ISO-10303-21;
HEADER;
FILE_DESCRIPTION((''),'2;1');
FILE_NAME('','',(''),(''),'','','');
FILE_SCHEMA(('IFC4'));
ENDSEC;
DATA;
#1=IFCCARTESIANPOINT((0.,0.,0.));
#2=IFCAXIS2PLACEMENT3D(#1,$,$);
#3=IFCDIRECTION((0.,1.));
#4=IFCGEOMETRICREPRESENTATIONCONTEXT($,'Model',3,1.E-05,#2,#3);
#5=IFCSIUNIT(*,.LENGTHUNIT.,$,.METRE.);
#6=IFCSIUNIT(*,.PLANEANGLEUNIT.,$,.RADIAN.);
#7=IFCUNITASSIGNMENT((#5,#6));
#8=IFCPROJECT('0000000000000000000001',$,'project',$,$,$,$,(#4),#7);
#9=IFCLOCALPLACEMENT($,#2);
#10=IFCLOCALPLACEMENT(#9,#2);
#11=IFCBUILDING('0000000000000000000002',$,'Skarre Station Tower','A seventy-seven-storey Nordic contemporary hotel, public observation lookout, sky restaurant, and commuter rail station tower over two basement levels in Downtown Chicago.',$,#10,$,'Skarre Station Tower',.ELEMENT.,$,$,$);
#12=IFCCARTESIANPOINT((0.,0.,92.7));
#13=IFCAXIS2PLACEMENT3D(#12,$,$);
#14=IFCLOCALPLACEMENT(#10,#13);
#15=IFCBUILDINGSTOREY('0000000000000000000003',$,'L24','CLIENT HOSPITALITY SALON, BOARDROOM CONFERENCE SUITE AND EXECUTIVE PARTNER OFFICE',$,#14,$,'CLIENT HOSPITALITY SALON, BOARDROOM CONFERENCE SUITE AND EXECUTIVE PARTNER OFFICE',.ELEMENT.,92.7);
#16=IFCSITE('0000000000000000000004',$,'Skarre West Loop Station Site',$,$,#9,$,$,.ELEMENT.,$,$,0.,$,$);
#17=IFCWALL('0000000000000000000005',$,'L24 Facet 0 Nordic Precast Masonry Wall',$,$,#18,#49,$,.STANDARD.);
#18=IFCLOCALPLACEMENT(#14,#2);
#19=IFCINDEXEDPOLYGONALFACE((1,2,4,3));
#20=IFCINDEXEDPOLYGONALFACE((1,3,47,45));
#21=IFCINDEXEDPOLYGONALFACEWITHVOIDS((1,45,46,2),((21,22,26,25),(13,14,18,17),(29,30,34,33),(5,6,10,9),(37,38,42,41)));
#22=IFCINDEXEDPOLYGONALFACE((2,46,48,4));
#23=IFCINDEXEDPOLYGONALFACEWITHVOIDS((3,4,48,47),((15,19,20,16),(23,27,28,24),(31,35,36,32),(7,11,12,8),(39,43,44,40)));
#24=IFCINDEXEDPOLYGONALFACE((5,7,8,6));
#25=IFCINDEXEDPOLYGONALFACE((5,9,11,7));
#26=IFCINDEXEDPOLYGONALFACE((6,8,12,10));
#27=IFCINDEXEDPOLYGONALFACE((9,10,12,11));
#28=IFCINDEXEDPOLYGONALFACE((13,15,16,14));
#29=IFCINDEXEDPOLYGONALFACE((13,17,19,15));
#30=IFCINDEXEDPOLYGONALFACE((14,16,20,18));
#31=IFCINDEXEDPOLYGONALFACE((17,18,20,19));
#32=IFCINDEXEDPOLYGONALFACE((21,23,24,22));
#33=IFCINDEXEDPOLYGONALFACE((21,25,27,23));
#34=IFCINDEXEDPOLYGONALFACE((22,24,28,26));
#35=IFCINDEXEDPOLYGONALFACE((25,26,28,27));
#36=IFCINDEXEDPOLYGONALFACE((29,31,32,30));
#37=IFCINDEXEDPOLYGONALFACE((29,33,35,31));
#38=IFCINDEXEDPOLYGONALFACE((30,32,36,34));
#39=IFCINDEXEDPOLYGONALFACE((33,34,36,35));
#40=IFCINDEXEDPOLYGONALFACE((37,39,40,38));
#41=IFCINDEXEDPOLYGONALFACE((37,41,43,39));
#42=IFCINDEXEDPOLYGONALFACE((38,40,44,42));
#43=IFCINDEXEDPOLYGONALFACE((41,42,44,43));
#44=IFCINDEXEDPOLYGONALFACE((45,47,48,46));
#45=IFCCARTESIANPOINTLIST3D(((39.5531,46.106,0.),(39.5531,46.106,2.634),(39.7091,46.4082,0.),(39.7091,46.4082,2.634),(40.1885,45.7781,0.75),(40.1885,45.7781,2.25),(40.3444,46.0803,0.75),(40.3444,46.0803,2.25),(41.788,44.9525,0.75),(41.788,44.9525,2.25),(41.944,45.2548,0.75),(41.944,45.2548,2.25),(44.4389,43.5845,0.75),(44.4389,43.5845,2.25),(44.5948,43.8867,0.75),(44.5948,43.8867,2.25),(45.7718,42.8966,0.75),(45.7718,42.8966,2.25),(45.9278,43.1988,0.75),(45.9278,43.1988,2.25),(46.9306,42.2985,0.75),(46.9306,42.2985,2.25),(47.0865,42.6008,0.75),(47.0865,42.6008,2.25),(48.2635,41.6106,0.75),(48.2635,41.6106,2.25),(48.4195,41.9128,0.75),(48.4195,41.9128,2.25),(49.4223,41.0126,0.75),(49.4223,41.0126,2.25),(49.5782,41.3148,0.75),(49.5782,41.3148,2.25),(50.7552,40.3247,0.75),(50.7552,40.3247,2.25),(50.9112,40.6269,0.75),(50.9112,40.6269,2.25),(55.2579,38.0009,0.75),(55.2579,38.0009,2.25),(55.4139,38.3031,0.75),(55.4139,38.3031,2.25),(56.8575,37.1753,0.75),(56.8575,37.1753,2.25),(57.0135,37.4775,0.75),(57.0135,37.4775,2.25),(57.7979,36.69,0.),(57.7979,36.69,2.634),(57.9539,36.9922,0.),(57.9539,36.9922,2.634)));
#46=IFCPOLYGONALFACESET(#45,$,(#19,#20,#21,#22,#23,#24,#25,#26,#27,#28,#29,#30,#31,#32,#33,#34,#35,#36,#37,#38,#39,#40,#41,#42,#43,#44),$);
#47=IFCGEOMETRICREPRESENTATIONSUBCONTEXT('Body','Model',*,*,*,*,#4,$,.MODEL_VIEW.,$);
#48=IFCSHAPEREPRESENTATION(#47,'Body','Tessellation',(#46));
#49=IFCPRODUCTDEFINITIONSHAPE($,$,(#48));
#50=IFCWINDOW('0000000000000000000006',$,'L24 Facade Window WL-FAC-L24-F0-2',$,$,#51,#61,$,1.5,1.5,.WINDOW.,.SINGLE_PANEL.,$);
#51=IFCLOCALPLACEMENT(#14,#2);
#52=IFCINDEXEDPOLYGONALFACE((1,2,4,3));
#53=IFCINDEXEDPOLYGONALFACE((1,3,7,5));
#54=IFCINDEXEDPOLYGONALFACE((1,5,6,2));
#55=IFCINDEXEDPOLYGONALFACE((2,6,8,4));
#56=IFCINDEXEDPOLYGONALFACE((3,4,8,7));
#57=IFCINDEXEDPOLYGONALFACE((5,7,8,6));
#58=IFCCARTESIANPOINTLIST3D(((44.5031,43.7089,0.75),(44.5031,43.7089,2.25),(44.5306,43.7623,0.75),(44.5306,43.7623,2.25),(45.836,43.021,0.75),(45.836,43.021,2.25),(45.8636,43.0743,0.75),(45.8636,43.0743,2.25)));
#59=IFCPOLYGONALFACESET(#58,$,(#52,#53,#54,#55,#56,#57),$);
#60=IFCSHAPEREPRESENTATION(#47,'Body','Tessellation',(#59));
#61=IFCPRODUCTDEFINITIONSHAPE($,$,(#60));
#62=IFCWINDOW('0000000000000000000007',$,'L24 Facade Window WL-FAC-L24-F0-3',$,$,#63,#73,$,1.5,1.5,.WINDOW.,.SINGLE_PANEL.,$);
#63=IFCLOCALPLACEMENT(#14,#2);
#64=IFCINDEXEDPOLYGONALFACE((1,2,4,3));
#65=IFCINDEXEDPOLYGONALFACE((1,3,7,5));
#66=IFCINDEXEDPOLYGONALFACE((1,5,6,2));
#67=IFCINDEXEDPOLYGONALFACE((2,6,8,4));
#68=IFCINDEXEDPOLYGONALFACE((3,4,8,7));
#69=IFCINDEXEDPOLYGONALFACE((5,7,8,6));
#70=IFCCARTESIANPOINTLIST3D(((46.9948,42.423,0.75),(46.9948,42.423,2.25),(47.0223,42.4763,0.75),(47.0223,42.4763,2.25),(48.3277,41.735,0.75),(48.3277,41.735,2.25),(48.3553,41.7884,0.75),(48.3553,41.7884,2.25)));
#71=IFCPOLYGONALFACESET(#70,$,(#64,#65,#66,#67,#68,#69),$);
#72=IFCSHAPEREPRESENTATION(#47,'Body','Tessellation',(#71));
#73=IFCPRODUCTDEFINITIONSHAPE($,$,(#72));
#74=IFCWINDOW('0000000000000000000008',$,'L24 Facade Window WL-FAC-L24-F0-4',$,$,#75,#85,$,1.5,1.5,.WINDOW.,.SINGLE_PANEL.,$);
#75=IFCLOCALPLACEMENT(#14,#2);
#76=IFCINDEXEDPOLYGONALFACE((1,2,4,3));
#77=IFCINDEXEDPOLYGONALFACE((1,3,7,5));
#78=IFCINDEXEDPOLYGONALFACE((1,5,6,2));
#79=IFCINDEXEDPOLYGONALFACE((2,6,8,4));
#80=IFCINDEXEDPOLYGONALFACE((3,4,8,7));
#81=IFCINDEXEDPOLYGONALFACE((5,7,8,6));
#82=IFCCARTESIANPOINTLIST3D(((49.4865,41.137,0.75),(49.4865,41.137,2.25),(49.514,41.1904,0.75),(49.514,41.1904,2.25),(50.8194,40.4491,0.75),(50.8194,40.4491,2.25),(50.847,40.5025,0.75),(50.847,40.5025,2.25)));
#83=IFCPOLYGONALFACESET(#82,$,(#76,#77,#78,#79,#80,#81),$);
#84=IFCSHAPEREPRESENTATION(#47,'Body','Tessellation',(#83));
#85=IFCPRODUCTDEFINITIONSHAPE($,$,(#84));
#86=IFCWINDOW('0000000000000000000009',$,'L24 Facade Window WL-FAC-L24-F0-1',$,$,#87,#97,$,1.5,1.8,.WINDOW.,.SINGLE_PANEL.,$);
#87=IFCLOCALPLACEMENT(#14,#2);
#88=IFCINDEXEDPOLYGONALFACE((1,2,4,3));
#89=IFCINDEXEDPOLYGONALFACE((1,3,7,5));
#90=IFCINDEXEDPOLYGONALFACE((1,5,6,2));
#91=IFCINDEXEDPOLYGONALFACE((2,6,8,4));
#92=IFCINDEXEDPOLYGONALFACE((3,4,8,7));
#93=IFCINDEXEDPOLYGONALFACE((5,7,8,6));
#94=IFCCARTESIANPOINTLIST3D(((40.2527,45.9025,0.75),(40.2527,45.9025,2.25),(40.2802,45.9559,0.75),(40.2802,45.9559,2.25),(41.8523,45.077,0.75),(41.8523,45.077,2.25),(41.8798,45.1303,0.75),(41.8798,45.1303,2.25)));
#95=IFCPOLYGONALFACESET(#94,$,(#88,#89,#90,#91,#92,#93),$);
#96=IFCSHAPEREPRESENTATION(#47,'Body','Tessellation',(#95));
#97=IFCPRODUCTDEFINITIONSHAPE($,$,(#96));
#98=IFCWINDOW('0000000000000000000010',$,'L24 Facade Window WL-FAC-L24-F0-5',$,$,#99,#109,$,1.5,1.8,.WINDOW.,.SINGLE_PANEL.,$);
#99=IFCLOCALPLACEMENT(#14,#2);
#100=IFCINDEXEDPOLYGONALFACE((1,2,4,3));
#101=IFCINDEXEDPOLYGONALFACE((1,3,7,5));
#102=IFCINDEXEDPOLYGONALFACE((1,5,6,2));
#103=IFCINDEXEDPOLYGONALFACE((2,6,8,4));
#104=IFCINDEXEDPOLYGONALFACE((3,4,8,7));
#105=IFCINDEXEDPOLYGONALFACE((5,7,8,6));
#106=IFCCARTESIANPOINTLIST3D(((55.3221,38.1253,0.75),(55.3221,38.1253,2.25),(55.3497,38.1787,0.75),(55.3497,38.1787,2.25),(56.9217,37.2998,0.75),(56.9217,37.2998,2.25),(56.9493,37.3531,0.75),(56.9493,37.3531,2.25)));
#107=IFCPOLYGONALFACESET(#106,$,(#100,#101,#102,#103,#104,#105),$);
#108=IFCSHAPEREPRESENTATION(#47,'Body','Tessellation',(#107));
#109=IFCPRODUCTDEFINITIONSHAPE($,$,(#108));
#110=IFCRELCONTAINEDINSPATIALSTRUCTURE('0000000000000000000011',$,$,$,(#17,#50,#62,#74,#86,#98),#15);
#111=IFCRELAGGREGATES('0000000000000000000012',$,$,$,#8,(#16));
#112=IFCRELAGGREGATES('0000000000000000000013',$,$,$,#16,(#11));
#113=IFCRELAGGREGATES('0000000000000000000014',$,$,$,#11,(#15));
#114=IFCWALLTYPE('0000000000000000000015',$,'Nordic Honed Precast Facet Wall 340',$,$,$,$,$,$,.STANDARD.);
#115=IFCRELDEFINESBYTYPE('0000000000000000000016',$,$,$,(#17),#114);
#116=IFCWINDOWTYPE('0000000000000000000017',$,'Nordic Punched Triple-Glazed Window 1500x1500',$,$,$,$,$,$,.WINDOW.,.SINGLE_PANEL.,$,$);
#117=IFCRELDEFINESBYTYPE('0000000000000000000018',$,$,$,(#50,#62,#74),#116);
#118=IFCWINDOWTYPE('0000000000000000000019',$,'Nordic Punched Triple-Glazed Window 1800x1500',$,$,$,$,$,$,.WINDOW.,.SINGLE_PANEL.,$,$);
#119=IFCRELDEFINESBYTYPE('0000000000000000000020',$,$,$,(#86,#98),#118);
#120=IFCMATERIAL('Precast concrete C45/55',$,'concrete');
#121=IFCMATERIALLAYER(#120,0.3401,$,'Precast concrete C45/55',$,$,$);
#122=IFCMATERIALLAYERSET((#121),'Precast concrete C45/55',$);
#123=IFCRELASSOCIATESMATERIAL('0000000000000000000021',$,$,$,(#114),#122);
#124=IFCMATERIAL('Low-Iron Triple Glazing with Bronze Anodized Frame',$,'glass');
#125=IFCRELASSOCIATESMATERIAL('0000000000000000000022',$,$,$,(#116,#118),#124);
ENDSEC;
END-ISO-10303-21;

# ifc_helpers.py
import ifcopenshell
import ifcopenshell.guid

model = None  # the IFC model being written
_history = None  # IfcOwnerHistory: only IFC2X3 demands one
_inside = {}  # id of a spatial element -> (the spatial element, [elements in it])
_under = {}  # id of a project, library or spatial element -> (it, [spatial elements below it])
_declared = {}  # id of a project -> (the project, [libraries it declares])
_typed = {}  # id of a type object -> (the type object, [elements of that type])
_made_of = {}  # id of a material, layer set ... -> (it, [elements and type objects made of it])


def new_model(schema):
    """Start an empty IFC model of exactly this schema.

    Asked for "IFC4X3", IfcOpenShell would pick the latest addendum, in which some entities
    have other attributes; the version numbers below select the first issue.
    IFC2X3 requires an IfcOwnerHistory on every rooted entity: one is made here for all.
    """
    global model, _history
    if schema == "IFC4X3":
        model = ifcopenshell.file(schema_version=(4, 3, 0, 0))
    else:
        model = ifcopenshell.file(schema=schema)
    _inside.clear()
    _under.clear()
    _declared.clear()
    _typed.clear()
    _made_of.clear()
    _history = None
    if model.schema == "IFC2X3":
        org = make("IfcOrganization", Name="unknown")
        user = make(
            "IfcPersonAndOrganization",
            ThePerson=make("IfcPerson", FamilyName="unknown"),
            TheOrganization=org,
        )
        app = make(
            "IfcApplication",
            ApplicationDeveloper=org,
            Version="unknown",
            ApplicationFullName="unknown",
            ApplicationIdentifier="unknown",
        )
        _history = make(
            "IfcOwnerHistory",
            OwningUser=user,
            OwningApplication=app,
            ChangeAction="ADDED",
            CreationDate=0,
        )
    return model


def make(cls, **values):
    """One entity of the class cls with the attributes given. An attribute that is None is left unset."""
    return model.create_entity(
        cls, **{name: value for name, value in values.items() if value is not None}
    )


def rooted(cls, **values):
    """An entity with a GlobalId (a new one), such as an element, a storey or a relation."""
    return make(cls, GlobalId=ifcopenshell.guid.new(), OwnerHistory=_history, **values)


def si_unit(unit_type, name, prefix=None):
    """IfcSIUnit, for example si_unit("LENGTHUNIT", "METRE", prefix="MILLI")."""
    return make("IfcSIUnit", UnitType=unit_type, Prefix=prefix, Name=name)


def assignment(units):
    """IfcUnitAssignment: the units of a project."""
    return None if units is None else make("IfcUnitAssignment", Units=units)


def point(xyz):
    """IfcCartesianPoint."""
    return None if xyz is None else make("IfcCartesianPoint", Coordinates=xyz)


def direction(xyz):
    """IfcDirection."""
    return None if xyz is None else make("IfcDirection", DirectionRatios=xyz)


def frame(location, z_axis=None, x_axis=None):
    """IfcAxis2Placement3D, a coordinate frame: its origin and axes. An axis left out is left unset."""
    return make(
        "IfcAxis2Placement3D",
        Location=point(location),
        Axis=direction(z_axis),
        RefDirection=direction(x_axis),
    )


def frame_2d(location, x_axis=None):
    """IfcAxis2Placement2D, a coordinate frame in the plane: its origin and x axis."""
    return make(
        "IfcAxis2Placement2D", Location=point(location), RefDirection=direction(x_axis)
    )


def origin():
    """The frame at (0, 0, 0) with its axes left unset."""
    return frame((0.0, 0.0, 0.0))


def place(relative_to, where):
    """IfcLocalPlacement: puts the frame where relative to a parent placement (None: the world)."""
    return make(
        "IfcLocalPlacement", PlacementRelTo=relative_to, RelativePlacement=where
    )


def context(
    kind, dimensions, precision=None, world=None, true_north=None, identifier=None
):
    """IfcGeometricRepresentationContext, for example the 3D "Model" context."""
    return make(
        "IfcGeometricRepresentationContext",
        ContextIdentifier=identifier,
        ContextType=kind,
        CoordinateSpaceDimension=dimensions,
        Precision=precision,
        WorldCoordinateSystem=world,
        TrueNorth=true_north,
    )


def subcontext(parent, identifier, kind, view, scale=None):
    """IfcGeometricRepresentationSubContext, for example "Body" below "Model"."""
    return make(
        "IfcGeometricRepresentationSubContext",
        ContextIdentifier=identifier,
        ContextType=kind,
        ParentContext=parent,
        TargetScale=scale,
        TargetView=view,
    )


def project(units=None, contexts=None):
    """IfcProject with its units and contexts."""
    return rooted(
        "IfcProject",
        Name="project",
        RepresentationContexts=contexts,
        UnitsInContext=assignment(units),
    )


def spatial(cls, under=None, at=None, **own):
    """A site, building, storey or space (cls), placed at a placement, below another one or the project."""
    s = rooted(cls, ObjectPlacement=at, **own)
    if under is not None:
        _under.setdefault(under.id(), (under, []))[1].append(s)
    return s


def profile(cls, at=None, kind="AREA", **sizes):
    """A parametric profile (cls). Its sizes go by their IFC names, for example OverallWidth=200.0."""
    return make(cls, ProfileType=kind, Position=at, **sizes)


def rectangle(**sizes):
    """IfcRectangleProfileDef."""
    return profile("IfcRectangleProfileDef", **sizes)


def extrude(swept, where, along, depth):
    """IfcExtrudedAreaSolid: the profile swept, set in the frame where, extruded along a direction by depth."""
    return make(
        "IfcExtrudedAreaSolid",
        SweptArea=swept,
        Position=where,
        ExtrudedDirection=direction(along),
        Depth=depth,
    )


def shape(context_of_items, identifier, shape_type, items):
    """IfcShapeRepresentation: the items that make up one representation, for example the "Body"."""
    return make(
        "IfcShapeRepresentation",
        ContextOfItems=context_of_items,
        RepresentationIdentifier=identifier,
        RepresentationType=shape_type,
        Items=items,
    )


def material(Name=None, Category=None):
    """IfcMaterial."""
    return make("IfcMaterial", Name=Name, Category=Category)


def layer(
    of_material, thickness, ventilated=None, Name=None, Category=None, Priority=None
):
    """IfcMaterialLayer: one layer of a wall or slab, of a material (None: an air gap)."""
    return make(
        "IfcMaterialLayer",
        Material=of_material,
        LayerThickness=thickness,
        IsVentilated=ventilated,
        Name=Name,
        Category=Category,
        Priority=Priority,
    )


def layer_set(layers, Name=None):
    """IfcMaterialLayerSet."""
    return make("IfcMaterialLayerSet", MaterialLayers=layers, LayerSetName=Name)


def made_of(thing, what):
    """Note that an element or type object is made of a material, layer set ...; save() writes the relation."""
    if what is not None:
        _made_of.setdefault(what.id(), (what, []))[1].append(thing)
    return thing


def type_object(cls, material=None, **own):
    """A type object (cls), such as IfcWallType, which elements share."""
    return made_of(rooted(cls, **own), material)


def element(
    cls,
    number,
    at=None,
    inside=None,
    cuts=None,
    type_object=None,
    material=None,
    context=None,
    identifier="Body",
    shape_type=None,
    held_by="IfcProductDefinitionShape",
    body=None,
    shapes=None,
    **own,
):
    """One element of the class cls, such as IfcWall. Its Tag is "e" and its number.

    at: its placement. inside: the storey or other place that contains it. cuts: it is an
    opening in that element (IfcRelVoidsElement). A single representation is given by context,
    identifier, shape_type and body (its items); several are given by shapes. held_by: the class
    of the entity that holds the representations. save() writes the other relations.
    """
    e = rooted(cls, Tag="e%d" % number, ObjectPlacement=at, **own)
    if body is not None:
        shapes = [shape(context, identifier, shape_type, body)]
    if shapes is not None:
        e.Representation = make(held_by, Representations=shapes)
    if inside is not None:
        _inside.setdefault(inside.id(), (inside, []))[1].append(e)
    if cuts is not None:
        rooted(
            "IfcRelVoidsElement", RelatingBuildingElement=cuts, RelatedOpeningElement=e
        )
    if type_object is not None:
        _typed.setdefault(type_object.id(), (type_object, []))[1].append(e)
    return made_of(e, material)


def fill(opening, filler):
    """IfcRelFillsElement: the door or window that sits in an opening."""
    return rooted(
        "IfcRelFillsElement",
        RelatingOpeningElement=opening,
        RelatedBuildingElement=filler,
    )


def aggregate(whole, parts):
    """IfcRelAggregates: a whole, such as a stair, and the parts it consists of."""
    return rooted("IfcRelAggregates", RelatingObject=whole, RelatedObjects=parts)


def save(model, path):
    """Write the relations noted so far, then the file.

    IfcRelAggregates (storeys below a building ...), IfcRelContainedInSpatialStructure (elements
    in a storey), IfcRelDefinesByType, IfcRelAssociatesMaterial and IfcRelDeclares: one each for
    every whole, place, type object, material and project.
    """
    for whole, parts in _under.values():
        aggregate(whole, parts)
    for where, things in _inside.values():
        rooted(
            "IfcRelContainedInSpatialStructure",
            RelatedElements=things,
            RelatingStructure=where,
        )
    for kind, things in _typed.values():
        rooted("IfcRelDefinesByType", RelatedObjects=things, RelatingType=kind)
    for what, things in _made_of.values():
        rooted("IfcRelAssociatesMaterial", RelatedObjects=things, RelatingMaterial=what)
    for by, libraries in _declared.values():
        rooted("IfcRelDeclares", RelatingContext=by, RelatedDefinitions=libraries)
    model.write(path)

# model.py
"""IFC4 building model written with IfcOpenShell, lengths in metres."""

from ifc_helpers import new_model, si_unit, direction, frame, frame_2d, origin, place, context, subcontext, project, spatial, rectangle, extrude, material, layer, layer_set, type_object, element, fill, save


model = new_model("IFC4")

# Units and contexts
model_context = context("Model", 3, precision=1e-05, world=origin(), true_north=direction((0.0, 1.0)))
body_context = subcontext(model_context, "Body", "Model", "MODEL_VIEW")
ifc_project = project(units=[si_unit("LENGTHUNIT", "METRE"), si_unit("PLANEANGLEUNIT", "RADIAN")], contexts=[model_context])

# Site, building, storey
site_placement = place(None, origin())
site = spatial("IfcSite", under=ifc_project, at=site_placement, Name="Skarre West Loop Station Site", CompositionType="ELEMENT", RefElevation=0.0)
building_placement = place(site_placement, origin())
building = spatial("IfcBuilding", under=site, at=building_placement, Name="Skarre Station Tower", Description="A seventy-seven-storey Nordic contemporary hotel, public observation lookout, sky restaurant, and commuter rail station tower over two basement levels in Downtown Chicago.", LongName="Skarre Station Tower", CompositionType="ELEMENT")
storey_placement = place(building_placement, frame((0.0, 0.0, 92.7)))
storey = spatial("IfcBuildingStorey", under=building, at=storey_placement, Name="L24", Description="CLIENT HOSPITALITY SALON, BOARDROOM CONFERENCE SUITE AND EXECUTIVE PARTNER OFFICE", LongName="CLIENT HOSPITALITY SALON, BOARDROOM CONFERENCE SUITE AND EXECUTIVE PARTNER OFFICE", CompositionType="ELEMENT", Elevation=92.7)

# Wall, openings, windows
ifc_material_1 = material(Name="Precast concrete C45/55", Category="concrete")
ifc_layer_1 = layer(ifc_material_1, 0.3401, Name="Precast concrete C45/55")
ifc_layer_set_1 = layer_set([ifc_layer_1], Name="Precast concrete C45/55")
wall_type_1 = type_object("IfcWallType", Name="Nordic Honed Precast Facet Wall 340", PredefinedType="STANDARD", material=ifc_layer_set_1)
wall_1_placement = place(storey_placement, frame((39.6311, 46.2571, 0.0), z_axis=(0.0, 0.0, 1.0), x_axis=(0.888634, -0.458616, 0.0)))
wall_1 = element("IfcWall", 1, at=wall_1_placement, inside=storey, type_object=wall_type_1, Name="L24 Facet 0 Nordic Precast Masonry Wall", PredefinedType="STANDARD", context=body_context, shape_type="SweptSolid", body=[
    extrude(rectangle(XDim=20.5312, YDim=0.3401, at=frame_2d((10.2656, 0.0))), origin(), (0.0, 0.0, 1.0), 2.634),
])
opening_1_placement = place(wall_1_placement, frame((0.7151, 0.0, 0.75)))
opening_1 = element("IfcOpeningElement", 2, at=opening_1_placement, cuts=wall_1, PredefinedType="OPENING", context=body_context, shape_type="SweptSolid", body=[
    extrude(rectangle(XDim=1.8, YDim=1.5, at=frame_2d((0.8999, 0.75))), frame((0.0, 0.1799, 0.0), z_axis=(0.0, -1.0, 0.0), x_axis=(1.0, 0.0, 0.0)), (0.0, 0.0, 1.0), 0.3601),
])
opening_2_placement = place(wall_1_placement, frame((5.498, 0.0, 0.75)))
opening_2 = element("IfcOpeningElement", 3, at=opening_2_placement, cuts=wall_1, PredefinedType="OPENING", context=body_context, shape_type="SweptSolid", body=[
    extrude(rectangle(XDim=1.5, YDim=1.5, at=frame_2d((0.75, 0.75))), frame((0.0, 0.1799, 0.0), z_axis=(0.0, -1.0, 0.0), x_axis=(1.0, 0.0, 0.0)), (0.0, 0.0, 1.0), 0.3601),
])
opening_3_placement = place(wall_1_placement, frame((8.302, 0.0, 0.75)))
opening_3 = element("IfcOpeningElement", 4, at=opening_3_placement, cuts=wall_1, PredefinedType="OPENING", context=body_context, shape_type="SweptSolid", body=[
    extrude(rectangle(XDim=1.5, YDim=1.5, at=frame_2d((0.75, 0.75))), frame((0.0, 0.1799, 0.0), z_axis=(0.0, -1.0, 0.0), x_axis=(1.0, 0.0, 0.0)), (0.0, 0.0, 1.0), 0.3601),
])
opening_4_placement = place(wall_1_placement, frame((11.106, 0.0, 0.75)))
opening_4 = element("IfcOpeningElement", 5, at=opening_4_placement, cuts=wall_1, PredefinedType="OPENING", context=body_context, shape_type="SweptSolid", body=[
    extrude(rectangle(XDim=1.5, YDim=1.5, at=frame_2d((0.75, 0.75))), frame((0.0, 0.1799, 0.0), z_axis=(0.0, -1.0, 0.0), x_axis=(1.0, 0.0, 0.0)), (0.0, 0.0, 1.0), 0.3601),
])
opening_5_placement = place(wall_1_placement, frame((17.6731, 0.0, 0.75)))
opening_5 = element("IfcOpeningElement", 6, at=opening_5_placement, cuts=wall_1, PredefinedType="OPENING", context=body_context, shape_type="SweptSolid", body=[
    extrude(rectangle(XDim=1.8, YDim=1.5, at=frame_2d((0.8999, 0.75))), frame((0.0, 0.1799, 0.0), z_axis=(0.0, -1.0, 0.0), x_axis=(1.0, 0.0, 0.0)), (0.0, 0.0, 1.0), 0.3601),
])
ifc_material_2 = material(Name="Low-Iron Triple Glazing with Bronze Anodized Frame", Category="glass")
window_type_1 = type_object("IfcWindowType", Name="Nordic Punched Triple-Glazed Window 1500x1500", PartitioningType="SINGLE_PANEL", PredefinedType="WINDOW", material=ifc_material_2)
window_1_placement = place(opening_2_placement, origin())
window_1 = element("IfcWindow", 7, at=window_1_placement, inside=storey, type_object=window_type_1, Name="L24 Facade Window WL-FAC-L24-F0-2", OverallHeight=1.5, OverallWidth=1.5, PartitioningType="SINGLE_PANEL", PredefinedType="WINDOW", context=body_context, shape_type="SweptSolid", body=[
    extrude(rectangle(XDim=1.5, YDim=1.5, at=frame_2d((0.75, 0.75))), frame((0.0, 0.03, 0.0), z_axis=(0.0, -1.0, 0.0), x_axis=(1.0, 0.0, 0.0)), (0.0, 0.0, 1.0), 0.0601),
])
fill(opening_2, window_1)
window_2_placement = place(opening_3_placement, origin())
window_2 = element("IfcWindow", 8, at=window_2_placement, inside=storey, type_object=window_type_1, Name="L24 Facade Window WL-FAC-L24-F0-3", OverallHeight=1.5, OverallWidth=1.5, PartitioningType="SINGLE_PANEL", PredefinedType="WINDOW", context=body_context, shape_type="SweptSolid", body=[
    extrude(rectangle(XDim=1.5, YDim=1.5, at=frame_2d((0.75, 0.75))), frame((0.0, 0.03, 0.0), z_axis=(0.0, -1.0, 0.0), x_axis=(1.0, 0.0, 0.0)), (0.0, 0.0, 1.0), 0.0601),
])
fill(opening_3, window_2)
window_3_placement = place(opening_4_placement, origin())
window_3 = element("IfcWindow", 9, at=window_3_placement, inside=storey, type_object=window_type_1, Name="L24 Facade Window WL-FAC-L24-F0-4", OverallHeight=1.5, OverallWidth=1.5, PartitioningType="SINGLE_PANEL", PredefinedType="WINDOW", context=body_context, shape_type="SweptSolid", body=[
    extrude(rectangle(XDim=1.5, YDim=1.5, at=frame_2d((0.75, 0.75))), frame((0.0, 0.03, 0.0), z_axis=(0.0, -1.0, 0.0), x_axis=(1.0, 0.0, 0.0)), (0.0, 0.0, 1.0), 0.0601),
])
fill(opening_4, window_3)
window_type_2 = type_object("IfcWindowType", Name="Nordic Punched Triple-Glazed Window 1800x1500", PartitioningType="SINGLE_PANEL", PredefinedType="WINDOW", material=ifc_material_2)
window_4_placement = place(opening_1_placement, origin())
window_4 = element("IfcWindow", 10, at=window_4_placement, inside=storey, type_object=window_type_2, Name="L24 Facade Window WL-FAC-L24-F0-1", OverallHeight=1.5, OverallWidth=1.8, PartitioningType="SINGLE_PANEL", PredefinedType="WINDOW", context=body_context, shape_type="SweptSolid", body=[
    extrude(rectangle(XDim=1.8, YDim=1.5, at=frame_2d((0.8999, 0.75))), frame((0.0, 0.03, 0.0), z_axis=(0.0, -1.0, 0.0), x_axis=(1.0, 0.0, 0.0)), (0.0, 0.0, 1.0), 0.0601),
])
fill(opening_1, window_4)
window_5_placement = place(opening_5_placement, origin())
window_5 = element("IfcWindow", 11, at=window_5_placement, inside=storey, type_object=window_type_2, Name="L24 Facade Window WL-FAC-L24-F0-5", OverallHeight=1.5, OverallWidth=1.8, PartitioningType="SINGLE_PANEL", PredefinedType="WINDOW", context=body_context, shape_type="SweptSolid", body=[
    extrude(rectangle(XDim=1.8, YDim=1.5, at=frame_2d((0.8999, 0.75))), frame((0.0, 0.03, 0.0), z_axis=(0.0, -1.0, 0.0), x_axis=(1.0, 0.0, 0.0)), (0.0, 0.0, 1.0), 0.0601),
])
fill(opening_5, window_5)

save(model, "model.ifc")
